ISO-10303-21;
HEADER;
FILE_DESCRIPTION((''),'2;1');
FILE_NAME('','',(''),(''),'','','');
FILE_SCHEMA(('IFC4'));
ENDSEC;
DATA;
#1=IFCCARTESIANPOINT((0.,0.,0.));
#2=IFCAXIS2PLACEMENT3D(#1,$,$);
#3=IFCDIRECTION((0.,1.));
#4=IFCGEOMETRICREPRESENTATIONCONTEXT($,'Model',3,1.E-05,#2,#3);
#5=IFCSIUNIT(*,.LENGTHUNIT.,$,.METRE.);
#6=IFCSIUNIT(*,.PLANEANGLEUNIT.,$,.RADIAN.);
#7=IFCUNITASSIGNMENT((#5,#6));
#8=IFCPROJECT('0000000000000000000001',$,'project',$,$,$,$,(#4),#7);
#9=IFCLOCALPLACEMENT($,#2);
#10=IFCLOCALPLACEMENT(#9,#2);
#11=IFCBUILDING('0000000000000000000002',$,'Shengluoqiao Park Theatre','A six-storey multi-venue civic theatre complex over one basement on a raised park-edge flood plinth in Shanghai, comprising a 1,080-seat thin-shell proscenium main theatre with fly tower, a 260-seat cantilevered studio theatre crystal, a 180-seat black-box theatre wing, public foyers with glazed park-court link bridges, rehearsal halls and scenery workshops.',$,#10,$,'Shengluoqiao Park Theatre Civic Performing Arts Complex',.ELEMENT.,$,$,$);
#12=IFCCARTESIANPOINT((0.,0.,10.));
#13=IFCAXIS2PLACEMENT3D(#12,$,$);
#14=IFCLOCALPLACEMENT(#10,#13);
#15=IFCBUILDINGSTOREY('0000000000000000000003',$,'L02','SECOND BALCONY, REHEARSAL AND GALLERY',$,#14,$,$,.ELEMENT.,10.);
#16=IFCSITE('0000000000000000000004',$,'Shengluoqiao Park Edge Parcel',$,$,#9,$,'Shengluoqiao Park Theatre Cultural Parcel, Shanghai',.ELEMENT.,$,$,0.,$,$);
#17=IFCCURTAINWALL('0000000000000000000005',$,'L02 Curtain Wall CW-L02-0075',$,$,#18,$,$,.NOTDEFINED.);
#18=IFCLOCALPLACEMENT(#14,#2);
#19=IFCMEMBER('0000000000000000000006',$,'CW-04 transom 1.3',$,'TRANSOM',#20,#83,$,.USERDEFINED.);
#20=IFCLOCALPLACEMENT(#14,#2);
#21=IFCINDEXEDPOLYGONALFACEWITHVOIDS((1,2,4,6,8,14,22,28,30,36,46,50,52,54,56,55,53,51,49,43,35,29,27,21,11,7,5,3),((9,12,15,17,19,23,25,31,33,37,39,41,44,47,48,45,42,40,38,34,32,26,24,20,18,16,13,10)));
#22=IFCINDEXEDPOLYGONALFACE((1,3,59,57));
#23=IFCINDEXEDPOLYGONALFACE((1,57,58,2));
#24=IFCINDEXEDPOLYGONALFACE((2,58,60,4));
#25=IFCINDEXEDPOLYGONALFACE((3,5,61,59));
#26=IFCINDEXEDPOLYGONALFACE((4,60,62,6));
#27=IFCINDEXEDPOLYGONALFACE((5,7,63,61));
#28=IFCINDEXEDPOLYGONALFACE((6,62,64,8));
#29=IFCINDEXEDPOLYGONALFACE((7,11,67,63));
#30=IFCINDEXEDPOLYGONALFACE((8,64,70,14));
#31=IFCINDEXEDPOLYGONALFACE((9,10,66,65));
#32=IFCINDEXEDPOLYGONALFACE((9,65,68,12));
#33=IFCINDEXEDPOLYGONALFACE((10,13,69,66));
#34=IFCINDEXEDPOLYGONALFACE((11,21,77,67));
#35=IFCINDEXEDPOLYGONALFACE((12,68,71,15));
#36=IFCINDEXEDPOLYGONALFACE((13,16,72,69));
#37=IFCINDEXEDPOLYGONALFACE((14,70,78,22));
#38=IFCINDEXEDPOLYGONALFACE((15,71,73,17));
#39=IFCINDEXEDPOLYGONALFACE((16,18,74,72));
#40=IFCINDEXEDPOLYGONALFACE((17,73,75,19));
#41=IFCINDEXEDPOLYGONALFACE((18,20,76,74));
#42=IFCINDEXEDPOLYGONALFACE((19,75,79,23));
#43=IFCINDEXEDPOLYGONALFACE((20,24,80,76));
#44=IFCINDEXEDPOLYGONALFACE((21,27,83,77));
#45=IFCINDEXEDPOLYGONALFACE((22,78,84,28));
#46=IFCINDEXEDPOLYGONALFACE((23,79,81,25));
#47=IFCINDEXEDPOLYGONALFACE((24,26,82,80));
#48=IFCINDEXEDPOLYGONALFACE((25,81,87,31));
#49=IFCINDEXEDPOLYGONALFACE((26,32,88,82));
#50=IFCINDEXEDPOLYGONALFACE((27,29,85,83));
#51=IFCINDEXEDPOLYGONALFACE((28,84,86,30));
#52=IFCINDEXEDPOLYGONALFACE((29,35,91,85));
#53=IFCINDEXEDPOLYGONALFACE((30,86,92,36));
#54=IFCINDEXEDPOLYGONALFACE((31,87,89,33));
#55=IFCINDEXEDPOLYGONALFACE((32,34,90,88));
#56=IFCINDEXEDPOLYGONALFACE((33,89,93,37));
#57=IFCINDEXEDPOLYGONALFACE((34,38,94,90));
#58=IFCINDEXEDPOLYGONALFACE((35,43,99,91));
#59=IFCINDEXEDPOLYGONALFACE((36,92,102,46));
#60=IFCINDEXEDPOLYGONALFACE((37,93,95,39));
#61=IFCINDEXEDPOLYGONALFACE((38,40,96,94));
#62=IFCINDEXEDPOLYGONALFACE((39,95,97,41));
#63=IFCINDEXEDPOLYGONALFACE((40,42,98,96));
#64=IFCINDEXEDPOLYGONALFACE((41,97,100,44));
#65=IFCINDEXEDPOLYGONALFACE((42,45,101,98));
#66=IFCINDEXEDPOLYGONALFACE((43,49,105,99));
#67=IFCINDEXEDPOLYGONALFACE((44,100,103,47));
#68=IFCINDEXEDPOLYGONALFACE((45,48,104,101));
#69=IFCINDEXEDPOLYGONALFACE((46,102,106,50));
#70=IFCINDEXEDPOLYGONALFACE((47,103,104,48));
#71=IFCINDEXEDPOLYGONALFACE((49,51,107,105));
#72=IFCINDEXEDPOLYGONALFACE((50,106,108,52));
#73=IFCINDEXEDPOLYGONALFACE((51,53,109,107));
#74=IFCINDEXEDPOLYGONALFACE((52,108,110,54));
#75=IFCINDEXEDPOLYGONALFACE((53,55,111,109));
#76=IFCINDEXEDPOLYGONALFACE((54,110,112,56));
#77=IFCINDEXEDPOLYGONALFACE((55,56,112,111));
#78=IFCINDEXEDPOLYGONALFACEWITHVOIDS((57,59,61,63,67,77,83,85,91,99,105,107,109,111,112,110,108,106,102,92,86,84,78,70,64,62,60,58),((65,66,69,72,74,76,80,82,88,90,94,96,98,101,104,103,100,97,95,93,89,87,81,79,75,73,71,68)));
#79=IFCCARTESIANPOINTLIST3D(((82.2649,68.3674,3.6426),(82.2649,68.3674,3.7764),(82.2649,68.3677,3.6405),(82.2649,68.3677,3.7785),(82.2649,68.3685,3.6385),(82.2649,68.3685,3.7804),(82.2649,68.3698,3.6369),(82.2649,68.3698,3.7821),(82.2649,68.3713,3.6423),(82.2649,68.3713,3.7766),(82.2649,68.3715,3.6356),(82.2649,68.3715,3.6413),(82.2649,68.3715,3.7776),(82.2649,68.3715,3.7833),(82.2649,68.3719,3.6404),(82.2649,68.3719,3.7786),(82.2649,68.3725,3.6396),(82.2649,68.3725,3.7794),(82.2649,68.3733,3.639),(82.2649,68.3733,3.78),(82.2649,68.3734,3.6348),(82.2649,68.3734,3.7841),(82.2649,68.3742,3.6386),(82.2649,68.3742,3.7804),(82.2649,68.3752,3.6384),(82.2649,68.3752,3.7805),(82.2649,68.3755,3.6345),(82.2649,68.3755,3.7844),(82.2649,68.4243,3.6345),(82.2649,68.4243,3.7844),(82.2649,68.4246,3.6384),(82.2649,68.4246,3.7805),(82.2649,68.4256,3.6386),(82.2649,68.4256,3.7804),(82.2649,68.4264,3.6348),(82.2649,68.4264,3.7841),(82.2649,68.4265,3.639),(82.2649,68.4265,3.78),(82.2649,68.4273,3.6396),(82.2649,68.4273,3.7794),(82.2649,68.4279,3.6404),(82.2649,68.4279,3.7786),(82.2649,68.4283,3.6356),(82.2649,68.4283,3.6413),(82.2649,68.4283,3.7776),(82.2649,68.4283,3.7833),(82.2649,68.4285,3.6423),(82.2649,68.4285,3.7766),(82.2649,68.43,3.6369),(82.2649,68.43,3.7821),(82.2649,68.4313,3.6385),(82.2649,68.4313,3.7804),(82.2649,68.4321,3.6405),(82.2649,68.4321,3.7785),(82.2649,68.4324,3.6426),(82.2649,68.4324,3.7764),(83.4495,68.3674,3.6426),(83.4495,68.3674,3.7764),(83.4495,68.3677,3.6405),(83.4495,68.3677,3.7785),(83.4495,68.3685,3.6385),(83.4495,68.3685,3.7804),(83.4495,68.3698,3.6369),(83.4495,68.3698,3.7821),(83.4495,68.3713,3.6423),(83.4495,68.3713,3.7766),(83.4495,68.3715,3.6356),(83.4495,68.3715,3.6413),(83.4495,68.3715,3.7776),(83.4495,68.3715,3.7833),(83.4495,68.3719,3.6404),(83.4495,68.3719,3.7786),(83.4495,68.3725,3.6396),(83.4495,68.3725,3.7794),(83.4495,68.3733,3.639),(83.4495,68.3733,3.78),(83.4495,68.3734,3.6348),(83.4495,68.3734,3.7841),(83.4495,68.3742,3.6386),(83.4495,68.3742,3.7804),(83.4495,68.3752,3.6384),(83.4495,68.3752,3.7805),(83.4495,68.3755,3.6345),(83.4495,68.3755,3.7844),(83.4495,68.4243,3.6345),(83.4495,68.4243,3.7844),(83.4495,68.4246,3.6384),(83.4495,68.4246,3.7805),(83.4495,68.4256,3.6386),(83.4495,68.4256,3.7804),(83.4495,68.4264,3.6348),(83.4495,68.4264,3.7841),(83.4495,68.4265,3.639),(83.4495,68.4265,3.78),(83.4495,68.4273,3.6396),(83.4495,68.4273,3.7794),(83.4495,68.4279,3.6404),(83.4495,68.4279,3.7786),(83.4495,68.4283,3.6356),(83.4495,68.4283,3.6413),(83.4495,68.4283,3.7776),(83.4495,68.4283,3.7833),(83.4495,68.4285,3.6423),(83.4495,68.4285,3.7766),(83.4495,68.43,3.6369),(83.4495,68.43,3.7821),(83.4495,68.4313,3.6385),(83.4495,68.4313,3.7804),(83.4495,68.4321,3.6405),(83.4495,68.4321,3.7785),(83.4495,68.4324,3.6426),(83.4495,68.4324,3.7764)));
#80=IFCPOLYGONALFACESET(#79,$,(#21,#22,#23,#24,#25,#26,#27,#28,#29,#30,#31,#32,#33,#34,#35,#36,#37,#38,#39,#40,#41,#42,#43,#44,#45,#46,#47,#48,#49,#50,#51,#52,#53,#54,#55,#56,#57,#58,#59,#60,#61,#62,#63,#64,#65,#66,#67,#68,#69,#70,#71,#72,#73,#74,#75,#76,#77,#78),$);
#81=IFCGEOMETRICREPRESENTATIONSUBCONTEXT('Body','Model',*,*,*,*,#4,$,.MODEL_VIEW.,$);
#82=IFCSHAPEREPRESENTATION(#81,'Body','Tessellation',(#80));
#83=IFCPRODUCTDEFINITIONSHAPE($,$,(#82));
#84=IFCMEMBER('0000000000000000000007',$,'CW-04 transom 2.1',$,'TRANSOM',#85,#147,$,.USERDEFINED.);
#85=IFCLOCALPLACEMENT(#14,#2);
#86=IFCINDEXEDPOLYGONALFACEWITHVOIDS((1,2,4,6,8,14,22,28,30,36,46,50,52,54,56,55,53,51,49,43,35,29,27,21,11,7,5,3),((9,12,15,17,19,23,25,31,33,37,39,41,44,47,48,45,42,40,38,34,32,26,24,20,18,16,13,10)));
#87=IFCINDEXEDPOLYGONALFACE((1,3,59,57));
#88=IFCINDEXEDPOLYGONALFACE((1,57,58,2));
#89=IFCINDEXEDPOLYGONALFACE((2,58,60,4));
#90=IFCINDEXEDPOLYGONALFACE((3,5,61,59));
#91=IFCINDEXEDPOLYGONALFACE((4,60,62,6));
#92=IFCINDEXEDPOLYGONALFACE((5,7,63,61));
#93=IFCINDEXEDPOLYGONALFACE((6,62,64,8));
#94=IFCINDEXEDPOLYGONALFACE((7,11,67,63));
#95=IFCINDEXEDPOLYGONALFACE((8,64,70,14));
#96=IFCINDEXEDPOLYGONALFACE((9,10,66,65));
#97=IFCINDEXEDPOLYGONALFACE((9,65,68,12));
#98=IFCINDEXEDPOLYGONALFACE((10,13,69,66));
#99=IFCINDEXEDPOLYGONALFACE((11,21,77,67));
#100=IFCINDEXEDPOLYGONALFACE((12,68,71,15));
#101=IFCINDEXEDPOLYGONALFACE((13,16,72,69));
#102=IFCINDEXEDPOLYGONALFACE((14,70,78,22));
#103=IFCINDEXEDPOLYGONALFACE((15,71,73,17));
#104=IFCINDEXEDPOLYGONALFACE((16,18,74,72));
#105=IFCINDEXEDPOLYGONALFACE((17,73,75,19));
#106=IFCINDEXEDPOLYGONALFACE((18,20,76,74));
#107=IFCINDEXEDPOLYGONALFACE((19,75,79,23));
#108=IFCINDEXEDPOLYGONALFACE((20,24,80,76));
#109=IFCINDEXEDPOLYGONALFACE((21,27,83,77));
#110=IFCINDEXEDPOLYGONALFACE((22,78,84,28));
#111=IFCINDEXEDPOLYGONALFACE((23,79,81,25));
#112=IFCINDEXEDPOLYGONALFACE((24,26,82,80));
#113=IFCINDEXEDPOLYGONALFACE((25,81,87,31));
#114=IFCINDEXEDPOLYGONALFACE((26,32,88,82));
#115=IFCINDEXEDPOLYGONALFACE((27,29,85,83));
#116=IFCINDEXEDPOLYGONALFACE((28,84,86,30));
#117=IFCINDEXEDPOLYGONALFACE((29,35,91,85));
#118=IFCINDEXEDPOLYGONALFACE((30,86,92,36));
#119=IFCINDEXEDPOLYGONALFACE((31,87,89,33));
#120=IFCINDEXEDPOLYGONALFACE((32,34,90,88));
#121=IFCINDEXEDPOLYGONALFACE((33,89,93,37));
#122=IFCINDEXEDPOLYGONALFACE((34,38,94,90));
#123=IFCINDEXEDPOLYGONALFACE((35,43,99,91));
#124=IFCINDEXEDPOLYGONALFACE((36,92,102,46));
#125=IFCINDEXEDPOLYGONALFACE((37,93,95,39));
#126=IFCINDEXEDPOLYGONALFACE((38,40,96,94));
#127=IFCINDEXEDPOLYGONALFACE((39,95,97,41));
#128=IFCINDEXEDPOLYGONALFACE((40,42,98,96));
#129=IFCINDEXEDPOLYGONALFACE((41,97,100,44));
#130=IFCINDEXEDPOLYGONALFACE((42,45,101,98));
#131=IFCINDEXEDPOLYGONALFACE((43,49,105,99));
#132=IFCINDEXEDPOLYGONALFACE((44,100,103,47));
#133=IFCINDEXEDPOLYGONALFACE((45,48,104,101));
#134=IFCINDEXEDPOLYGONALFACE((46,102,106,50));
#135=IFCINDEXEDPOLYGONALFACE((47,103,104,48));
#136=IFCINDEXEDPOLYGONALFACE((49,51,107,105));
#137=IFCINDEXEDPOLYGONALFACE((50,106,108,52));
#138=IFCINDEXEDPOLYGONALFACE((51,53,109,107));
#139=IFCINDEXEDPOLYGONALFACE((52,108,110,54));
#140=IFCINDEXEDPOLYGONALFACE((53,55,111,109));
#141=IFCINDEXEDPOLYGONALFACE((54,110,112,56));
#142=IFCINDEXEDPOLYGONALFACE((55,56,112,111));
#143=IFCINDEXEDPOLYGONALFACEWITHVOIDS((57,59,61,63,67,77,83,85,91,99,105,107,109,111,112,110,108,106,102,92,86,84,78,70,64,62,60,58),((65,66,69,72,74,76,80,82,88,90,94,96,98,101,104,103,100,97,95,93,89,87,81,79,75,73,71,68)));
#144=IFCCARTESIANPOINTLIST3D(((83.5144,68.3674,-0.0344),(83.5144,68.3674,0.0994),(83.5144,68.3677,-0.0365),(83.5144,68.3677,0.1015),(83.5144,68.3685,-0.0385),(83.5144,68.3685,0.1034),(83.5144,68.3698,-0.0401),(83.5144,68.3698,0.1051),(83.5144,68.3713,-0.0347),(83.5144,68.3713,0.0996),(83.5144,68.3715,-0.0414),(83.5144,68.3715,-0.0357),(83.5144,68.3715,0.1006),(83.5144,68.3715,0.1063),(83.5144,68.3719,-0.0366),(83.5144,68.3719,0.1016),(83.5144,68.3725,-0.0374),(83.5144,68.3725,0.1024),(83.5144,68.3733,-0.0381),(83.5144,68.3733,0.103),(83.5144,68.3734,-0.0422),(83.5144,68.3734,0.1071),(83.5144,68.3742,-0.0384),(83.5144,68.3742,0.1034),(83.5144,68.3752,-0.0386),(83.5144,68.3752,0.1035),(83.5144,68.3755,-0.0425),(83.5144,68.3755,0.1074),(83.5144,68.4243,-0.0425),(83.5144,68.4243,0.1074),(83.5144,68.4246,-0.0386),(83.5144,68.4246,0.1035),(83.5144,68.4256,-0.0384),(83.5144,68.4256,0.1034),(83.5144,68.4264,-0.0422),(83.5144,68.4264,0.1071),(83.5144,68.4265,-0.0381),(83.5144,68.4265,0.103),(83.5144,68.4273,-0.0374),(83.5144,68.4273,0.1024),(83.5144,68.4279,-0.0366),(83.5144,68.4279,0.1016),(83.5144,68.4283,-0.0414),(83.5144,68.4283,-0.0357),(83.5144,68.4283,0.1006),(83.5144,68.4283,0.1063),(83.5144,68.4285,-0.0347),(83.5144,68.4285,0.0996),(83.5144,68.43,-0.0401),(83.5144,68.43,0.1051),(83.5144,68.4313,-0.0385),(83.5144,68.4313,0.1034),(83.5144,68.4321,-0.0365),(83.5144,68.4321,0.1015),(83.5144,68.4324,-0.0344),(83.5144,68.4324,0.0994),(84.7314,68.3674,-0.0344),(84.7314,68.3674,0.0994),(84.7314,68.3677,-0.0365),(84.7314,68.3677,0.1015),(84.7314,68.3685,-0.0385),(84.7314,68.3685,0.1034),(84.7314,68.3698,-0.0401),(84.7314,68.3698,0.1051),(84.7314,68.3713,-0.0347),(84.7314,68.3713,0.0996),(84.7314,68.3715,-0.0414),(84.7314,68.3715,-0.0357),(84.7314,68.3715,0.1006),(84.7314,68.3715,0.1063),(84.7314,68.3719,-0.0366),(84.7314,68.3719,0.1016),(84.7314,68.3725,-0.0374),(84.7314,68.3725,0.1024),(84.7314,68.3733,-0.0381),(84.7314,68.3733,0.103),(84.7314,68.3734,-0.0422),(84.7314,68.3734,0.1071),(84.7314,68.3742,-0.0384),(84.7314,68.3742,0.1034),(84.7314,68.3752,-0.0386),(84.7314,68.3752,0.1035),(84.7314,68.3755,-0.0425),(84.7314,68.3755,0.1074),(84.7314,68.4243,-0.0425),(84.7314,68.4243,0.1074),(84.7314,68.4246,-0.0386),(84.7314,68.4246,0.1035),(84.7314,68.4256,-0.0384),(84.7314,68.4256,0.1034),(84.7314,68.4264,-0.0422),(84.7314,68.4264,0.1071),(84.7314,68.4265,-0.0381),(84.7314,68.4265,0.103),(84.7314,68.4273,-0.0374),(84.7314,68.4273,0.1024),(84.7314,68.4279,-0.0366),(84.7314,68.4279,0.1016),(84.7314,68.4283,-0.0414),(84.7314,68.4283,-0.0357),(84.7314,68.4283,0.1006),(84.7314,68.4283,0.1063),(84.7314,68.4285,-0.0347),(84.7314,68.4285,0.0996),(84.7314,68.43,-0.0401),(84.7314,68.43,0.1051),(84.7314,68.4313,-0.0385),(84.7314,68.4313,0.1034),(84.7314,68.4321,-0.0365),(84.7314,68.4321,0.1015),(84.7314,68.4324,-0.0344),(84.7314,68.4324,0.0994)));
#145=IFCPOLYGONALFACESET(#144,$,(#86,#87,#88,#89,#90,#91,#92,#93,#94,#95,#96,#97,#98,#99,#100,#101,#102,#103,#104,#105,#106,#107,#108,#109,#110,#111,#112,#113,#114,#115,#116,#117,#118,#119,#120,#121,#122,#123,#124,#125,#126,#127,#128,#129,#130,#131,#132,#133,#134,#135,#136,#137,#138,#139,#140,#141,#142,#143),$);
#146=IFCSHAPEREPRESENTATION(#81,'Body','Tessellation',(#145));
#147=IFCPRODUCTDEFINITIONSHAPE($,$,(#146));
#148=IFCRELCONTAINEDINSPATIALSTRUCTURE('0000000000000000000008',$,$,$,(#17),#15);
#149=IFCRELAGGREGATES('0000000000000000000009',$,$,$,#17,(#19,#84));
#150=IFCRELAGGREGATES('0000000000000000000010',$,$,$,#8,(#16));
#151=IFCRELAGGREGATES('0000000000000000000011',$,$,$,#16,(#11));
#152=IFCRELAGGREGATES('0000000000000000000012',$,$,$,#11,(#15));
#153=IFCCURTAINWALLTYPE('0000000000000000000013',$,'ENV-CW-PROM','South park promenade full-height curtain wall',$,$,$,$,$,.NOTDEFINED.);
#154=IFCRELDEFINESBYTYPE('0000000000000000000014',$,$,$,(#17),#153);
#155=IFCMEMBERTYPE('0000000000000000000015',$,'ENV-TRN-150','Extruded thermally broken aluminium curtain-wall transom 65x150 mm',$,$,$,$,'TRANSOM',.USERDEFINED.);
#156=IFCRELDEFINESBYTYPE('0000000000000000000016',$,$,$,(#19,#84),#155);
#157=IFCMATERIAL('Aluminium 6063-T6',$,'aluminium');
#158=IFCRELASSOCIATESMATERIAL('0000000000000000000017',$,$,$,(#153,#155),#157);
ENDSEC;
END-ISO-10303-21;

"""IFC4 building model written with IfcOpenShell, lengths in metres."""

from ifc_helpers import new_model, si_unit, direction, frame, origin, origin_2d, place, context, subcontext, project, spatial, hollow_rectangle, extrude, material, material_profile, profile_set, type_object, element, aggregate, save


model = new_model("IFC4")

# Units and contexts
model_context = context("Model", 3, precision=1e-05, world=origin(), true_north=direction((0.0, 1.0)))
body_context = subcontext(model_context, "Body", "Model", "MODEL_VIEW")
ifc_project = project(units=[si_unit("LENGTHUNIT", "METRE"), si_unit("PLANEANGLEUNIT", "RADIAN")], contexts=[model_context])

# Site, building, storey
site_placement = place(None, origin())
site = spatial("IfcSite", under=ifc_project, at=site_placement, Name="Shengluoqiao Park Edge Parcel", LongName="Shengluoqiao Park Theatre Cultural Parcel, Shanghai", CompositionType="ELEMENT", RefElevation=0.0)
building_placement = place(site_placement, origin())
building = spatial("IfcBuilding", under=site, at=building_placement, Name="Shengluoqiao Park Theatre", Description="A six-storey multi-venue civic theatre complex over one basement on a raised park-edge flood plinth in Shanghai, comprising a 1,080-seat thin-shell proscenium main theatre with fly tower, a 260-seat cantilevered studio theatre crystal, a 180-seat black-box theatre wing, public foyers with glazed park-court link bridges, rehearsal halls and scenery workshops.", LongName="Shengluoqiao Park Theatre Civic Performing Arts Complex", CompositionType="ELEMENT")
storey_placement = place(building_placement, frame((0.0, 0.0, 10.0)))
storey = spatial("IfcBuildingStorey", under=building, at=storey_placement, Name="L02", Description="SECOND BALCONY, REHEARSAL AND GALLERY", CompositionType="ELEMENT", Elevation=10.0)

# Curtain wall, members
ifc_material_1 = material(Name="Aluminium 6063-T6", Category="aluminium")
curtain_wall_type = type_object("IfcCurtainWallType", Name="ENV-CW-PROM", Description="South park promenade full-height curtain wall", PredefinedType="NOTDEFINED", material=ifc_material_1)
curtain_wall_placement = place(storey_placement, origin())
curtain_wall = element("IfcCurtainWall", 1, at=curtain_wall_placement, inside=storey, type_object=curtain_wall_type, Name="L02 Curtain Wall CW-L02-0075", PredefinedType="NOTDEFINED")
ifc_material_profile_1 = material_profile(ifc_material_1, hollow_rectangle(XDim=0.0649, YDim=0.1499, WallThickness=0.0039, InnerFilletRadius=0.0039, OuterFilletRadius=0.0081, at=origin_2d()), Name="ALU TRANSOM 150x65x4")
ifc_profile_set_1 = profile_set([ifc_material_profile_1], Name="Aluminium 6063-T6")
member_type_1 = type_object("IfcMemberType", Name="ENV-TRN-150", Description="Extruded thermally broken aluminium curtain-wall transom 65x150 mm", ElementType="TRANSOM", PredefinedType="USERDEFINED", material=ifc_profile_set_1)
member_1_placement = place(storey_placement, frame((82.2649, 68.3999, 3.7095), z_axis=(1.0, 0.0, 0.0), x_axis=(0.0, 1.0, 0.0)))
member_1 = element("IfcMember", 2, at=member_1_placement, type_object=member_type_1, Name="CW-04 transom 1.3", ObjectType="TRANSOM", PredefinedType="USERDEFINED", context=body_context, shape_type="SweptSolid", body=[
    extrude(hollow_rectangle(XDim=0.0649, YDim=0.1499, WallThickness=0.0039, InnerFilletRadius=0.0039, OuterFilletRadius=0.0081, at=origin_2d()), origin(), (0.0, 0.0, 1.0), 1.1846),
])
member_2_placement = place(storey_placement, frame((83.5144, 68.3999, 0.0325), z_axis=(1.0, 0.0, 0.0), x_axis=(0.0, 1.0, 0.0)))
member_2 = element("IfcMember", 3, at=member_2_placement, type_object=member_type_1, Name="CW-04 transom 2.1", ObjectType="TRANSOM", PredefinedType="USERDEFINED", context=body_context, shape_type="SweptSolid", body=[
    extrude(hollow_rectangle(XDim=0.0649, YDim=0.1499, WallThickness=0.0039, InnerFilletRadius=0.0039, OuterFilletRadius=0.0081, at=origin_2d()), origin(), (0.0, 0.0, 1.0), 1.217),
])

aggregate(curtain_wall, [member_1, member_2])

save(model, "model.ifc")
